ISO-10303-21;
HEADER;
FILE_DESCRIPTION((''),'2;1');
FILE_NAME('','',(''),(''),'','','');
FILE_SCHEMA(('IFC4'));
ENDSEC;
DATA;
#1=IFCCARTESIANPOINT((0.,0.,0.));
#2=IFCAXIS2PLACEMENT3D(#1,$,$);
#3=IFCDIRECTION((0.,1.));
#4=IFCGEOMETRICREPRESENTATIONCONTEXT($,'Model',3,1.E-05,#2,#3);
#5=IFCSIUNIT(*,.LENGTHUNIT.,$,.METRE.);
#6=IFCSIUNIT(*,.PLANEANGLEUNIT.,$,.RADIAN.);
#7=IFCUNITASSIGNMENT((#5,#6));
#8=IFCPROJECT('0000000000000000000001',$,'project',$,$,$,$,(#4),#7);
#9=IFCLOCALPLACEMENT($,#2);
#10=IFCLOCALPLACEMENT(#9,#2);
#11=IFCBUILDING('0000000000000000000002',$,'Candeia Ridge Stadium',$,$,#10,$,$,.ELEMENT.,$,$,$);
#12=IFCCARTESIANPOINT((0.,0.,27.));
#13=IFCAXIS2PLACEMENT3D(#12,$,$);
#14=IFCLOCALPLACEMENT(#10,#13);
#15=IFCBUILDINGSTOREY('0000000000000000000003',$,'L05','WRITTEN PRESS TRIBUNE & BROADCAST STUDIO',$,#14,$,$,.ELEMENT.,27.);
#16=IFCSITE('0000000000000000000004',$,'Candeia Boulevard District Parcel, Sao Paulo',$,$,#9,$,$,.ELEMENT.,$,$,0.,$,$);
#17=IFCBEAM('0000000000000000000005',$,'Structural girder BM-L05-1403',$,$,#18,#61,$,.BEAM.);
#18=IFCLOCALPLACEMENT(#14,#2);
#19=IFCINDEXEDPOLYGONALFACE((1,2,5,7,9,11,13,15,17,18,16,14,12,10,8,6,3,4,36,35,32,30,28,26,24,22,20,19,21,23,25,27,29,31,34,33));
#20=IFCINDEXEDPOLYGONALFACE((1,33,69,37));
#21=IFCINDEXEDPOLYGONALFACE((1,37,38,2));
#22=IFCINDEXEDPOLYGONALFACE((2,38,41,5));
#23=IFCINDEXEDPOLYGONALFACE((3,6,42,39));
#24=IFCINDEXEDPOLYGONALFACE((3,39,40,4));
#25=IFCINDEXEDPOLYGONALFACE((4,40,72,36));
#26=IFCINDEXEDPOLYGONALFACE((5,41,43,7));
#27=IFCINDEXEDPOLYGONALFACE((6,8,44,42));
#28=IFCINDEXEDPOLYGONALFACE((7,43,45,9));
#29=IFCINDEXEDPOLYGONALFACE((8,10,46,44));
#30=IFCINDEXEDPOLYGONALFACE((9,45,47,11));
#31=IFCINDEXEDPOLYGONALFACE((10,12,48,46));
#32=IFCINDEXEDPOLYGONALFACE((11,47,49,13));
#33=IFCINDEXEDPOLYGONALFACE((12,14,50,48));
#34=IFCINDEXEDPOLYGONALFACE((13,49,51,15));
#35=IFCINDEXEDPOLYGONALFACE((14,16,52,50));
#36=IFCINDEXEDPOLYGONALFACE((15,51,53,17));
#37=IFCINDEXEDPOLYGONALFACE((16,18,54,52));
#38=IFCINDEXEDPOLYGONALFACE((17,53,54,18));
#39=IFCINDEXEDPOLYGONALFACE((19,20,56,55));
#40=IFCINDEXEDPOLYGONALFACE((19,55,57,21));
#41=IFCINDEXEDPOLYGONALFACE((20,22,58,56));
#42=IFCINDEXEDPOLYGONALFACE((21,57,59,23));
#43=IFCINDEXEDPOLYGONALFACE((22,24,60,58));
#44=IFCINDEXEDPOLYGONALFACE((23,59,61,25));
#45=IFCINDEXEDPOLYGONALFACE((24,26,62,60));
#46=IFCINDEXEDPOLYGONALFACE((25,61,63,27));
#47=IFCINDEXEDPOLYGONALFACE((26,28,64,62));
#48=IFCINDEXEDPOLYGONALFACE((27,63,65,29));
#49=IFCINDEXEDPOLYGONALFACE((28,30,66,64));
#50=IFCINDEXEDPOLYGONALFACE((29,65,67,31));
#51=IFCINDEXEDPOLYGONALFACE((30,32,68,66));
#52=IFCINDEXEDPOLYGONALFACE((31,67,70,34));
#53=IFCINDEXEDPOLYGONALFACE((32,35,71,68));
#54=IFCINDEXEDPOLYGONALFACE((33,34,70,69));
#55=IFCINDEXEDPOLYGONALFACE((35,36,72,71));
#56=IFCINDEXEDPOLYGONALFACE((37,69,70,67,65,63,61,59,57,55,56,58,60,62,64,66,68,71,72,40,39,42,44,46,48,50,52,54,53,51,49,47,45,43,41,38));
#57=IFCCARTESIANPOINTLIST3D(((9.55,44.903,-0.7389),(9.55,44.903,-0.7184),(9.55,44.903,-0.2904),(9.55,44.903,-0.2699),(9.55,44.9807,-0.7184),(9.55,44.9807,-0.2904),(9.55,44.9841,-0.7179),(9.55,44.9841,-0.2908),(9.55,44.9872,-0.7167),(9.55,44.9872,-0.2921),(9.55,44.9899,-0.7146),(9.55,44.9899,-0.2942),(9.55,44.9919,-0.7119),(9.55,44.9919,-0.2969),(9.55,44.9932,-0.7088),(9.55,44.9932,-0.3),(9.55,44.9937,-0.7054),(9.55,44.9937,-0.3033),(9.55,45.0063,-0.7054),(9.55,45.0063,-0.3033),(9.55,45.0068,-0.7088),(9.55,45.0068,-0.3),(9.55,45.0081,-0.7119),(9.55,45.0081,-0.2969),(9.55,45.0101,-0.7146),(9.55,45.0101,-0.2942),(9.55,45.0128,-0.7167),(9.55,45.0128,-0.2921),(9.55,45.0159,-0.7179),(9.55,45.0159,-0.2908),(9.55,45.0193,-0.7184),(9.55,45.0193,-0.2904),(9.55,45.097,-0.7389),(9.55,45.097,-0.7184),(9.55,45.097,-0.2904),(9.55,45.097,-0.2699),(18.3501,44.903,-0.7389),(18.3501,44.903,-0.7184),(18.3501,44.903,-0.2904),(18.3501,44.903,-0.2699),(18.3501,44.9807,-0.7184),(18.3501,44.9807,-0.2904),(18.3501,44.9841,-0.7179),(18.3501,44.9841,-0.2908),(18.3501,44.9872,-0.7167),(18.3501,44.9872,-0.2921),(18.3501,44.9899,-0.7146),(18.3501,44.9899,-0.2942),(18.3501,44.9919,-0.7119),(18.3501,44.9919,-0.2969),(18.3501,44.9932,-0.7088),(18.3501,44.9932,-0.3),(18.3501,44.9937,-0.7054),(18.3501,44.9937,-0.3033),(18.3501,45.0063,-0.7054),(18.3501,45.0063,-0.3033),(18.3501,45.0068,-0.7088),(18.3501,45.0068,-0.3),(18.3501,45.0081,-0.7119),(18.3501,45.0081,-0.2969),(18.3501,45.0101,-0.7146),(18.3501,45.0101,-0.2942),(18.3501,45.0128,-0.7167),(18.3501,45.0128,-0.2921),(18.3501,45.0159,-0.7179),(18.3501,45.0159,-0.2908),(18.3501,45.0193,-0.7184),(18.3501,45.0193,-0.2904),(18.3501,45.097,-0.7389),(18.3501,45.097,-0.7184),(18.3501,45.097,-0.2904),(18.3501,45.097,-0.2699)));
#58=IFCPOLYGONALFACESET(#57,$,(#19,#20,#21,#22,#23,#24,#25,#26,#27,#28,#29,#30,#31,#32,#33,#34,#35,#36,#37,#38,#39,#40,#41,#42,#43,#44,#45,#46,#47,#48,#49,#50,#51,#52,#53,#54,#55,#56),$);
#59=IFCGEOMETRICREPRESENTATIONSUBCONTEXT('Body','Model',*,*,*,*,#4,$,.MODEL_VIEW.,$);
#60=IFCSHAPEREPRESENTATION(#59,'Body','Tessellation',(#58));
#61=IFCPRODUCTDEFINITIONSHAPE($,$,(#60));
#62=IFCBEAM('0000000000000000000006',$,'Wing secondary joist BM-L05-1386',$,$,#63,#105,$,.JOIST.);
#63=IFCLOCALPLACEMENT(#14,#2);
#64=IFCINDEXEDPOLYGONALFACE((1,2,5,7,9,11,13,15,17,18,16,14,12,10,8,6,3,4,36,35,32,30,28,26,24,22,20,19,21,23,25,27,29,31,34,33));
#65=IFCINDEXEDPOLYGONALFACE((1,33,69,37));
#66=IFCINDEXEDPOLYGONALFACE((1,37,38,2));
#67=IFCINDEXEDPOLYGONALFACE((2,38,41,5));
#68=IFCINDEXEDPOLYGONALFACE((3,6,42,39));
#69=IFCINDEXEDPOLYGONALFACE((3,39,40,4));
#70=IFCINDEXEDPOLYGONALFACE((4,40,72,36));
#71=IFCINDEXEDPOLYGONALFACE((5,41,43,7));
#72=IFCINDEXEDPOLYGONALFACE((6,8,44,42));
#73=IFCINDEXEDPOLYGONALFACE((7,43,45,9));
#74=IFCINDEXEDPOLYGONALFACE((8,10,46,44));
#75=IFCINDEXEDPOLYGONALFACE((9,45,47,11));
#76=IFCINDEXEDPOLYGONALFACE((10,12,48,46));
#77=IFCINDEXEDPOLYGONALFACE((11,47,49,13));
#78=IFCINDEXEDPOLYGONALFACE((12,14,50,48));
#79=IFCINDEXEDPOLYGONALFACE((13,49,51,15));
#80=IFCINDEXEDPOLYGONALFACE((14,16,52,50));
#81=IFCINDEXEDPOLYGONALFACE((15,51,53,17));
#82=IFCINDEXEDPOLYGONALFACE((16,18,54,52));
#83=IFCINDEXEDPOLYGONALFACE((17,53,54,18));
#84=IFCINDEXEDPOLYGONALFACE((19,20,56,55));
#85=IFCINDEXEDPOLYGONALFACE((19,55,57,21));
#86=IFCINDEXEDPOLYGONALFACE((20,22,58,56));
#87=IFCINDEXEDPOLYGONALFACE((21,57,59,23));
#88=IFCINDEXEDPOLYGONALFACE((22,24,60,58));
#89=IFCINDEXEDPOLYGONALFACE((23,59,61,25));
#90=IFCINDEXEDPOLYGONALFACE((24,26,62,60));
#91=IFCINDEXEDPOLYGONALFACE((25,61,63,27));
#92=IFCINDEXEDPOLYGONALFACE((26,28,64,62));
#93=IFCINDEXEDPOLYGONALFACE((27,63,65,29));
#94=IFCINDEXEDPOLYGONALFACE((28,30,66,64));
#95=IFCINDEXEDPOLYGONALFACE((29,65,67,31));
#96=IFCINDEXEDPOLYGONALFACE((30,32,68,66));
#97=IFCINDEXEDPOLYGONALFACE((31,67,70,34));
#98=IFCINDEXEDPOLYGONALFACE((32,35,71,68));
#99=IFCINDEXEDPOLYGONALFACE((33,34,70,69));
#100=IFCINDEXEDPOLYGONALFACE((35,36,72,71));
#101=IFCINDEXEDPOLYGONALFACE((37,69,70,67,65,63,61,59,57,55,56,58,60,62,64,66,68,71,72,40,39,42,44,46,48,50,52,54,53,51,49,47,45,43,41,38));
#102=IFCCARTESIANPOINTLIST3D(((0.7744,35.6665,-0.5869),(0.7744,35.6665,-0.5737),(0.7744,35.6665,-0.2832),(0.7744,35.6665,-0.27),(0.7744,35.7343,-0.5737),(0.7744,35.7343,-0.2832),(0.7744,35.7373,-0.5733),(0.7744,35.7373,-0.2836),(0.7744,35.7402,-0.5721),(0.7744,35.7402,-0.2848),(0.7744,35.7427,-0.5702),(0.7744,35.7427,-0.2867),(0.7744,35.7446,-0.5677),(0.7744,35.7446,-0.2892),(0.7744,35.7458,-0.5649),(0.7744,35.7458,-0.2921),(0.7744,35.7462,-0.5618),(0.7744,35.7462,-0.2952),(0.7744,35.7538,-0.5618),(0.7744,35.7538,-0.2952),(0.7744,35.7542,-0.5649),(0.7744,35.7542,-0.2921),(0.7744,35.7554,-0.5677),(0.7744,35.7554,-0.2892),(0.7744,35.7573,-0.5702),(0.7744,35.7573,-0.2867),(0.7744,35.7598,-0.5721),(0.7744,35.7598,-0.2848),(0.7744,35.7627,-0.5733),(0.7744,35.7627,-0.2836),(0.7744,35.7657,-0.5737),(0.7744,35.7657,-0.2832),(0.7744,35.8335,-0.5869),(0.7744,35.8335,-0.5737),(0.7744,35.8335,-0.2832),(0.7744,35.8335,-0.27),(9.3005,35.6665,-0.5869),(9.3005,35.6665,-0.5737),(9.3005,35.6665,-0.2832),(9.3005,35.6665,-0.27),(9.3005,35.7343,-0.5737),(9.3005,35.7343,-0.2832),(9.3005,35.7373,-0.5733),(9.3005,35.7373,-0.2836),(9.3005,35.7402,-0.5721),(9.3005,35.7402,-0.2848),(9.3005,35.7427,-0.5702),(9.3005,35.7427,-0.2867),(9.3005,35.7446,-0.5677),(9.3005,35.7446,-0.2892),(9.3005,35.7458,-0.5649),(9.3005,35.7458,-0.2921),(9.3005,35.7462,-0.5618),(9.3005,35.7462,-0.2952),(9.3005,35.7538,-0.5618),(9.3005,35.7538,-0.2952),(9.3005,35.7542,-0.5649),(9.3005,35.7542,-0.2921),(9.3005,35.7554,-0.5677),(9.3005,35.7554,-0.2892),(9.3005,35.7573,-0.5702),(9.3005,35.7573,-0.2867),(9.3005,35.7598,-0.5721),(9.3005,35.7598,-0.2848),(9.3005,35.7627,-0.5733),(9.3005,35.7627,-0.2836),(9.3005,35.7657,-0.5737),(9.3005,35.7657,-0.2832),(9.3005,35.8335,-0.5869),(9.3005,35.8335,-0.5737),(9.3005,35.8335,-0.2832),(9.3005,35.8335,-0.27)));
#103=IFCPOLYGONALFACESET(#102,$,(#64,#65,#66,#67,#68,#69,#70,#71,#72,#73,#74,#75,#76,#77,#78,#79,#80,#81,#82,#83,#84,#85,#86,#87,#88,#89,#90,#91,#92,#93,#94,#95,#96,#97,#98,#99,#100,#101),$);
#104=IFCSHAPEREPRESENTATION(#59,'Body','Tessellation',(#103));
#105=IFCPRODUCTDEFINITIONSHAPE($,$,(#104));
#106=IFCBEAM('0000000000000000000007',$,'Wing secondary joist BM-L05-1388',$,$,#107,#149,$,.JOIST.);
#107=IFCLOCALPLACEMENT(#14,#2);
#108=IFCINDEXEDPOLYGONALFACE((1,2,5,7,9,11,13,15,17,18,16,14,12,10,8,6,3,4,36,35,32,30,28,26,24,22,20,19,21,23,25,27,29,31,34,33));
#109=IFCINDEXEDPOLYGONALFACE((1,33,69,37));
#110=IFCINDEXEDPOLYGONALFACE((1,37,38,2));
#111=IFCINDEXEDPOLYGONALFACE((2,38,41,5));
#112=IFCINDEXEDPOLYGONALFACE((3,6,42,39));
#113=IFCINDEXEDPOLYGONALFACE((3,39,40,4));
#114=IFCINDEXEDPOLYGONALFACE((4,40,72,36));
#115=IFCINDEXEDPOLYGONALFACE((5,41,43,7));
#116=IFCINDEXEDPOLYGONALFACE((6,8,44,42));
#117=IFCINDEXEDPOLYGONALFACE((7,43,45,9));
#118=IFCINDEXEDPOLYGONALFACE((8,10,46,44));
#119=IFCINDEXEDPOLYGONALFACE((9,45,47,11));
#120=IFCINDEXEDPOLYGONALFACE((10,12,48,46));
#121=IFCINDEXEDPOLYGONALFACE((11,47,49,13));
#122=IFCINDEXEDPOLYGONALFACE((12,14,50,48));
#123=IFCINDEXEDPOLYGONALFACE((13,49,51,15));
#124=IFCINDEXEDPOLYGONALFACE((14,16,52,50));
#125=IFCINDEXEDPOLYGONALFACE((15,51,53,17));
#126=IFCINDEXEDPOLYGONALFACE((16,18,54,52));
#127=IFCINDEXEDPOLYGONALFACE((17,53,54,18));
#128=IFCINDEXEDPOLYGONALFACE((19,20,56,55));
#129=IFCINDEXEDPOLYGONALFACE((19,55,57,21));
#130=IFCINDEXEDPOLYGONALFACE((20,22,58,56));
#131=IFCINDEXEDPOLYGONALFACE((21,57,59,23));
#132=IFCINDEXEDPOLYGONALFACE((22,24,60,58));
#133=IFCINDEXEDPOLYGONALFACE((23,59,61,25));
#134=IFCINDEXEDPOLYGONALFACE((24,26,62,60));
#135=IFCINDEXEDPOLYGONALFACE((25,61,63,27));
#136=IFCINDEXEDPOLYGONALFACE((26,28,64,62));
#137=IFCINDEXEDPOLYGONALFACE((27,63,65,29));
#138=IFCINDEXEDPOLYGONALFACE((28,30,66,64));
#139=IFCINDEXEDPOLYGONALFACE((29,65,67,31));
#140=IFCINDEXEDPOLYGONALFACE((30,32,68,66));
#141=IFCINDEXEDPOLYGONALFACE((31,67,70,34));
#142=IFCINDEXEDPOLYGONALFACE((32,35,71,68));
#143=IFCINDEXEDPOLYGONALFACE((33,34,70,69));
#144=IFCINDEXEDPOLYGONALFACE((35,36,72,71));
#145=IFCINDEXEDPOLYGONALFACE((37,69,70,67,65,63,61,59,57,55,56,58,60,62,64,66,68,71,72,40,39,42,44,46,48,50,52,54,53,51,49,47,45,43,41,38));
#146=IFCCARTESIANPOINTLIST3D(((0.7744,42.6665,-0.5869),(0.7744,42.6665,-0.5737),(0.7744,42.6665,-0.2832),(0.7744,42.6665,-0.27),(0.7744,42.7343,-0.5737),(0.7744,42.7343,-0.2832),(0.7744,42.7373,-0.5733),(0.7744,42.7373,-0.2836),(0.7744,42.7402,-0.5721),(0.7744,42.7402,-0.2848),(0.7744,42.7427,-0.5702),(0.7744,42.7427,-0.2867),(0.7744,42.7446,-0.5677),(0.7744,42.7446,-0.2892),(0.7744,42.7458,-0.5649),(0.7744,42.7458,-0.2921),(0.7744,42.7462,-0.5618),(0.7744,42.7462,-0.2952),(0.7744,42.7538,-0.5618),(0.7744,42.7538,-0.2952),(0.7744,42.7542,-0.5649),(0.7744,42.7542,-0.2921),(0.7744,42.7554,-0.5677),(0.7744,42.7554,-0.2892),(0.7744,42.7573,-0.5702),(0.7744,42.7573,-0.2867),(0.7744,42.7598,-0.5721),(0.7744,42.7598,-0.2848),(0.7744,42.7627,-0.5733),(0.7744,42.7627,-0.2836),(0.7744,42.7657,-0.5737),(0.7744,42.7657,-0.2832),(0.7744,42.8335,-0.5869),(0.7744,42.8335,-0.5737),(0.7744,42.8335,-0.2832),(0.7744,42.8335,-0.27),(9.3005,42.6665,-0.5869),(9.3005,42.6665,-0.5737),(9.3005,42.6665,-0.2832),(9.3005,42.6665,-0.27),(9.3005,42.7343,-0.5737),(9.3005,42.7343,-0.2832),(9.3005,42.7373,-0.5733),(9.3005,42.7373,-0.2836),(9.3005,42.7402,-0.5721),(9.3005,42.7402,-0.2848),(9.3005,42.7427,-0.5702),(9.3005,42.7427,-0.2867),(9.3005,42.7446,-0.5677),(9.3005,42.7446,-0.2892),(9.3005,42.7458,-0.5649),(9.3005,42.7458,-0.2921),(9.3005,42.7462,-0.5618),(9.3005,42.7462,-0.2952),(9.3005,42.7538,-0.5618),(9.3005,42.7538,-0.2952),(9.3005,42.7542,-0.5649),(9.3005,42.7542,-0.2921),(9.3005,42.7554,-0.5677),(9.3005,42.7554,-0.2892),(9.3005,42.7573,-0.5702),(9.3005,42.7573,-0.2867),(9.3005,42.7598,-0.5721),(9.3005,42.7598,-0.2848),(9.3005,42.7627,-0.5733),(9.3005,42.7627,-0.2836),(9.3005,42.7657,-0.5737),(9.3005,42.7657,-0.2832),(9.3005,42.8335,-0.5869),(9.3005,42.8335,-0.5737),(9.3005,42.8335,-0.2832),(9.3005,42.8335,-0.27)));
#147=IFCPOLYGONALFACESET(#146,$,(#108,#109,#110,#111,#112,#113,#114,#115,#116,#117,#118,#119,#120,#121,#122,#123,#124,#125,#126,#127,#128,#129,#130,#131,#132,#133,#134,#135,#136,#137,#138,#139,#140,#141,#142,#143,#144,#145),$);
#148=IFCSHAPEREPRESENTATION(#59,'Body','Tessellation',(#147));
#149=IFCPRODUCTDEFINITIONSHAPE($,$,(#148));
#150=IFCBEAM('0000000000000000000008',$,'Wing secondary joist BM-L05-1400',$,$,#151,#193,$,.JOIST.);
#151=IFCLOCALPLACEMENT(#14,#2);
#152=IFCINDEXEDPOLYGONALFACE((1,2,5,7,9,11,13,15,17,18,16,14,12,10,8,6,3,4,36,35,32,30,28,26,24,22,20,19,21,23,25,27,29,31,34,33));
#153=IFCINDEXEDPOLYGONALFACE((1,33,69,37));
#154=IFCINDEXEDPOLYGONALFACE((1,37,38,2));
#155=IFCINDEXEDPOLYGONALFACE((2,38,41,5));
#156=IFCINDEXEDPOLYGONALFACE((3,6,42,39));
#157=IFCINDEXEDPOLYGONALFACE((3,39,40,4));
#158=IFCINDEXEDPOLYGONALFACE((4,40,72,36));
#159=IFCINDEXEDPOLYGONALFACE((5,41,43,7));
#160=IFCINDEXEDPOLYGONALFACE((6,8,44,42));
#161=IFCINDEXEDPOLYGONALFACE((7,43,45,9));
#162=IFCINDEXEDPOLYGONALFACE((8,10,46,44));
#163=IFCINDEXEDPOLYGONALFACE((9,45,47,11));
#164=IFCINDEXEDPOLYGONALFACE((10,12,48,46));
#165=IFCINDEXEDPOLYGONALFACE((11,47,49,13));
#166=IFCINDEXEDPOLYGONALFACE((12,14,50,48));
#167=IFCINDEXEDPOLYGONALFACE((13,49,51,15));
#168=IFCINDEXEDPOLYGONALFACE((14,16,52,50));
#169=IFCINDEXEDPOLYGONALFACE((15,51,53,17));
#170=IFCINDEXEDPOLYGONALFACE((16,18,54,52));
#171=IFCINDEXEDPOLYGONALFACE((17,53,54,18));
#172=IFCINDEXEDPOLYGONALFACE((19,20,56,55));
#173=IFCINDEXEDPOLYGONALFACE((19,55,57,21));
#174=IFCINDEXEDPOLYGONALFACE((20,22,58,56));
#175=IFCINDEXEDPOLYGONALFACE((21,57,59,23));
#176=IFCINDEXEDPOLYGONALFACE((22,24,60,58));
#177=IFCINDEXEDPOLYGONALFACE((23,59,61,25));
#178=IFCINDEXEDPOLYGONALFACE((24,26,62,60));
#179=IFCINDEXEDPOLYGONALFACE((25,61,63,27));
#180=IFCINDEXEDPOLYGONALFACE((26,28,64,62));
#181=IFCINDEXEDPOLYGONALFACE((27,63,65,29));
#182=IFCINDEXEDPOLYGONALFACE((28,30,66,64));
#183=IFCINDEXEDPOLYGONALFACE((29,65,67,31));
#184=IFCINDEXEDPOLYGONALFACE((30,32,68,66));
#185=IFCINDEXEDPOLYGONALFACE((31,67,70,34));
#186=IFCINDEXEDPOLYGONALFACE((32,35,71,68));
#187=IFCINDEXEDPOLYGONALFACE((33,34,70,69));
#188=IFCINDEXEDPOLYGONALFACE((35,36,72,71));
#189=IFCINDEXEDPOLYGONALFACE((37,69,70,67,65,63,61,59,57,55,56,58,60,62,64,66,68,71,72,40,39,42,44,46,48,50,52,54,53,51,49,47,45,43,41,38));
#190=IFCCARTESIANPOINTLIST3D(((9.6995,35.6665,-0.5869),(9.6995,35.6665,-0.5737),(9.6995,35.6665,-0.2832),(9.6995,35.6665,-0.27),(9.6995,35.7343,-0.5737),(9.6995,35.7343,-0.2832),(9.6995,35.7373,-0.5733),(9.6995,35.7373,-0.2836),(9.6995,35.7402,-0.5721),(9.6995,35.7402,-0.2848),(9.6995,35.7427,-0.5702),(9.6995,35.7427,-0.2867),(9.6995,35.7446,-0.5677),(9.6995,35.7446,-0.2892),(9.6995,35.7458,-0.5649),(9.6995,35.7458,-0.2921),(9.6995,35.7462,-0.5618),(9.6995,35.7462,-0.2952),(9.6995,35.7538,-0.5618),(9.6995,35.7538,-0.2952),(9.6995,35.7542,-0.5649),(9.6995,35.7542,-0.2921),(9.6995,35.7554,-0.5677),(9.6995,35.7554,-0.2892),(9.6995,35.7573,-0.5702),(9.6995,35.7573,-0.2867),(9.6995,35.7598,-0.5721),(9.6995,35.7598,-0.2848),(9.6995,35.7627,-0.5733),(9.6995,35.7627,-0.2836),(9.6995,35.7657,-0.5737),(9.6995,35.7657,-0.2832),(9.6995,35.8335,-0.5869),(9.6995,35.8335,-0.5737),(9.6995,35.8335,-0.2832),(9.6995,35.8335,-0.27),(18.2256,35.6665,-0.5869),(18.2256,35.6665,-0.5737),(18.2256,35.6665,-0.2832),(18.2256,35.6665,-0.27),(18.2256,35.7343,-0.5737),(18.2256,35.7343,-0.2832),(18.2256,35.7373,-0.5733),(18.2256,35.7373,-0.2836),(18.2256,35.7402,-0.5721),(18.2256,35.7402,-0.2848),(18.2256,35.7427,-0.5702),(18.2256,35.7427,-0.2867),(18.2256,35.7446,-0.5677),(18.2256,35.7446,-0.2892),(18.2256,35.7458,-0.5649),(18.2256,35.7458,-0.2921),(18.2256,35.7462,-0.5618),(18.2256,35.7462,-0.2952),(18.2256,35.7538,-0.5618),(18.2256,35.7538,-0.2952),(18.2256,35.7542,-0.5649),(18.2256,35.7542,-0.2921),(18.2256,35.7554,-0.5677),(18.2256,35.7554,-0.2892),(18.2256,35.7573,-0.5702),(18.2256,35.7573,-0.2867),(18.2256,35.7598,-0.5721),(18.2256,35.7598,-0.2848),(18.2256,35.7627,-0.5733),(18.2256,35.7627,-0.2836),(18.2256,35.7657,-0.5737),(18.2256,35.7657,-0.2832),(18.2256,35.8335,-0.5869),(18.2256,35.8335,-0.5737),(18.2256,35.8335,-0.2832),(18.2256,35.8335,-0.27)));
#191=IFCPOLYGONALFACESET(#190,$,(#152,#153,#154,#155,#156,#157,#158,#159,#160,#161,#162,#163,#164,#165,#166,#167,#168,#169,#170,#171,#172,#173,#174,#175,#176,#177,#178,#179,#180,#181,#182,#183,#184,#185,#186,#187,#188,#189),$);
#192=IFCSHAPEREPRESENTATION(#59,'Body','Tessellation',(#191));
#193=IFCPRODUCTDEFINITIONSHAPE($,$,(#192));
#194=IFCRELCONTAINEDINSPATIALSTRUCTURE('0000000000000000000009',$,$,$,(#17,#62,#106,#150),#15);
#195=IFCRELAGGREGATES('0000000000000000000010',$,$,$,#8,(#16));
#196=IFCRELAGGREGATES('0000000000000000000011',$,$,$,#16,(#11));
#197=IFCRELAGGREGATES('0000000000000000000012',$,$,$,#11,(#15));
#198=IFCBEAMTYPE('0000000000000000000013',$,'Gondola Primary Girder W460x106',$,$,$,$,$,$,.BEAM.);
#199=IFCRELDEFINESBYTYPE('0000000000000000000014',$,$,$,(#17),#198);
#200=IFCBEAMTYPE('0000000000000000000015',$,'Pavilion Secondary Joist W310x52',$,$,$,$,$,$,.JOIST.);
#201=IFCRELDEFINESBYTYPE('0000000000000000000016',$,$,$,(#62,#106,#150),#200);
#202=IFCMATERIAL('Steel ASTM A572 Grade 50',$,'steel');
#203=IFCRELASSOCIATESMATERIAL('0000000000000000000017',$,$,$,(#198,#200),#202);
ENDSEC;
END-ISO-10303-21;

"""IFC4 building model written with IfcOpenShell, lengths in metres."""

from ifc_helpers import new_model, si_unit, direction, frame, origin, origin_2d, place, context, subcontext, project, spatial, i_section, extrude, material, material_profile, profile_set, type_object, element, save


model = new_model("IFC4")

# Units and contexts
model_context = context("Model", 3, precision=1e-05, world=origin(), true_north=direction((0.0, 1.0)))
body_context = subcontext(model_context, "Body", "Model", "MODEL_VIEW")
ifc_project = project(units=[si_unit("LENGTHUNIT", "METRE"), si_unit("PLANEANGLEUNIT", "RADIAN")], contexts=[model_context])

# Site, building, storey
site_placement = place(None, origin())
site = spatial("IfcSite", under=ifc_project, at=site_placement, Name="Candeia Boulevard District Parcel, Sao Paulo", CompositionType="ELEMENT", RefElevation=0.0)
building_placement = place(site_placement, origin())
building = spatial("IfcBuilding", under=site, at=building_placement, Name="Candeia Ridge Stadium", CompositionType="ELEMENT")
storey_placement = place(building_placement, frame((0.0, 0.0, 27.0)))
storey = spatial("IfcBuildingStorey", under=building, at=storey_placement, Name="L05", Description="WRITTEN PRESS TRIBUNE & BROADCAST STUDIO", CompositionType="ELEMENT", Elevation=27.0)

# Shared definitions
ifc_material_1 = material(Name="Steel ASTM A572 Grade 50", Category="steel")

# Beams
ifc_material_profile_1 = material_profile(ifc_material_1, i_section(OverallWidth=0.1941, OverallDepth=0.469, WebThickness=0.0127, FlangeThickness=0.0205, FilletRadius=0.0129, at=origin_2d()), Name="W460x106", Category="steel")
ifc_profile_set_1 = profile_set([ifc_material_profile_1], Name="Steel ASTM A572 Grade 50")
beam_type_1 = type_object("IfcBeamType", Name="Gondola Primary Girder W460x106", PredefinedType="BEAM", material=ifc_profile_set_1)
for number, where, z_axis, x_axis, name in (
    (1, (9.55, 45.0, -0.5044), (1.0, 0.0, 0.0), (0.0, 1.0, 0.0), "Structural girder BM-L05-1403"),
):
    element("IfcBeam", number, at=place(storey_placement, frame(where, z_axis=z_axis, x_axis=x_axis)), inside=storey, type_object=beam_type_1, Name=name, PredefinedType="BEAM", context=body_context, shape_type="SweptSolid", body=[
        extrude(i_section(OverallWidth=0.1941, OverallDepth=0.469, WebThickness=0.0127, FlangeThickness=0.0205, FilletRadius=0.0129, at=origin_2d()), origin(), (0.0, 0.0, 1.0), 8.8),
    ])
ifc_material_profile_2 = material_profile(ifc_material_1, i_section(OverallWidth=0.167, OverallDepth=0.3169, WebThickness=0.0076, FlangeThickness=0.0132, FilletRadius=0.012, at=origin_2d()), Name="W310x52", Category="steel")
ifc_profile_set_2 = profile_set([ifc_material_profile_2], Name="Steel ASTM A572 Grade 50")
beam_type_2 = type_object("IfcBeamType", Name="Pavilion Secondary Joist W310x52", PredefinedType="JOIST", material=ifc_profile_set_2)
for number, where, z_axis, x_axis, name in (
    (2, (0.7744, 35.75, -0.4285), (1.0, 0.0, 0.0), (0.0, 1.0, 0.0), "Wing secondary joist BM-L05-1386"),
    (3, (0.7744, 42.75, -0.4285), (1.0, 0.0, 0.0), (0.0, 1.0, 0.0), "Wing secondary joist BM-L05-1388"),
    (4, (9.6995, 35.75, -0.4285), (1.0, 0.0, 0.0), (0.0, 1.0, 0.0), "Wing secondary joist BM-L05-1400"),
):
    element("IfcBeam", number, at=place(storey_placement, frame(where, z_axis=z_axis, x_axis=x_axis)), inside=storey, type_object=beam_type_2, Name=name, PredefinedType="JOIST", context=body_context, shape_type="SweptSolid", body=[
        extrude(i_section(OverallWidth=0.167, OverallDepth=0.3169, WebThickness=0.0076, FlangeThickness=0.0132, FilletRadius=0.012, at=origin_2d()), origin(), (0.0, 0.0, 1.0), 8.5261),
    ])

save(model, "model.ifc")
